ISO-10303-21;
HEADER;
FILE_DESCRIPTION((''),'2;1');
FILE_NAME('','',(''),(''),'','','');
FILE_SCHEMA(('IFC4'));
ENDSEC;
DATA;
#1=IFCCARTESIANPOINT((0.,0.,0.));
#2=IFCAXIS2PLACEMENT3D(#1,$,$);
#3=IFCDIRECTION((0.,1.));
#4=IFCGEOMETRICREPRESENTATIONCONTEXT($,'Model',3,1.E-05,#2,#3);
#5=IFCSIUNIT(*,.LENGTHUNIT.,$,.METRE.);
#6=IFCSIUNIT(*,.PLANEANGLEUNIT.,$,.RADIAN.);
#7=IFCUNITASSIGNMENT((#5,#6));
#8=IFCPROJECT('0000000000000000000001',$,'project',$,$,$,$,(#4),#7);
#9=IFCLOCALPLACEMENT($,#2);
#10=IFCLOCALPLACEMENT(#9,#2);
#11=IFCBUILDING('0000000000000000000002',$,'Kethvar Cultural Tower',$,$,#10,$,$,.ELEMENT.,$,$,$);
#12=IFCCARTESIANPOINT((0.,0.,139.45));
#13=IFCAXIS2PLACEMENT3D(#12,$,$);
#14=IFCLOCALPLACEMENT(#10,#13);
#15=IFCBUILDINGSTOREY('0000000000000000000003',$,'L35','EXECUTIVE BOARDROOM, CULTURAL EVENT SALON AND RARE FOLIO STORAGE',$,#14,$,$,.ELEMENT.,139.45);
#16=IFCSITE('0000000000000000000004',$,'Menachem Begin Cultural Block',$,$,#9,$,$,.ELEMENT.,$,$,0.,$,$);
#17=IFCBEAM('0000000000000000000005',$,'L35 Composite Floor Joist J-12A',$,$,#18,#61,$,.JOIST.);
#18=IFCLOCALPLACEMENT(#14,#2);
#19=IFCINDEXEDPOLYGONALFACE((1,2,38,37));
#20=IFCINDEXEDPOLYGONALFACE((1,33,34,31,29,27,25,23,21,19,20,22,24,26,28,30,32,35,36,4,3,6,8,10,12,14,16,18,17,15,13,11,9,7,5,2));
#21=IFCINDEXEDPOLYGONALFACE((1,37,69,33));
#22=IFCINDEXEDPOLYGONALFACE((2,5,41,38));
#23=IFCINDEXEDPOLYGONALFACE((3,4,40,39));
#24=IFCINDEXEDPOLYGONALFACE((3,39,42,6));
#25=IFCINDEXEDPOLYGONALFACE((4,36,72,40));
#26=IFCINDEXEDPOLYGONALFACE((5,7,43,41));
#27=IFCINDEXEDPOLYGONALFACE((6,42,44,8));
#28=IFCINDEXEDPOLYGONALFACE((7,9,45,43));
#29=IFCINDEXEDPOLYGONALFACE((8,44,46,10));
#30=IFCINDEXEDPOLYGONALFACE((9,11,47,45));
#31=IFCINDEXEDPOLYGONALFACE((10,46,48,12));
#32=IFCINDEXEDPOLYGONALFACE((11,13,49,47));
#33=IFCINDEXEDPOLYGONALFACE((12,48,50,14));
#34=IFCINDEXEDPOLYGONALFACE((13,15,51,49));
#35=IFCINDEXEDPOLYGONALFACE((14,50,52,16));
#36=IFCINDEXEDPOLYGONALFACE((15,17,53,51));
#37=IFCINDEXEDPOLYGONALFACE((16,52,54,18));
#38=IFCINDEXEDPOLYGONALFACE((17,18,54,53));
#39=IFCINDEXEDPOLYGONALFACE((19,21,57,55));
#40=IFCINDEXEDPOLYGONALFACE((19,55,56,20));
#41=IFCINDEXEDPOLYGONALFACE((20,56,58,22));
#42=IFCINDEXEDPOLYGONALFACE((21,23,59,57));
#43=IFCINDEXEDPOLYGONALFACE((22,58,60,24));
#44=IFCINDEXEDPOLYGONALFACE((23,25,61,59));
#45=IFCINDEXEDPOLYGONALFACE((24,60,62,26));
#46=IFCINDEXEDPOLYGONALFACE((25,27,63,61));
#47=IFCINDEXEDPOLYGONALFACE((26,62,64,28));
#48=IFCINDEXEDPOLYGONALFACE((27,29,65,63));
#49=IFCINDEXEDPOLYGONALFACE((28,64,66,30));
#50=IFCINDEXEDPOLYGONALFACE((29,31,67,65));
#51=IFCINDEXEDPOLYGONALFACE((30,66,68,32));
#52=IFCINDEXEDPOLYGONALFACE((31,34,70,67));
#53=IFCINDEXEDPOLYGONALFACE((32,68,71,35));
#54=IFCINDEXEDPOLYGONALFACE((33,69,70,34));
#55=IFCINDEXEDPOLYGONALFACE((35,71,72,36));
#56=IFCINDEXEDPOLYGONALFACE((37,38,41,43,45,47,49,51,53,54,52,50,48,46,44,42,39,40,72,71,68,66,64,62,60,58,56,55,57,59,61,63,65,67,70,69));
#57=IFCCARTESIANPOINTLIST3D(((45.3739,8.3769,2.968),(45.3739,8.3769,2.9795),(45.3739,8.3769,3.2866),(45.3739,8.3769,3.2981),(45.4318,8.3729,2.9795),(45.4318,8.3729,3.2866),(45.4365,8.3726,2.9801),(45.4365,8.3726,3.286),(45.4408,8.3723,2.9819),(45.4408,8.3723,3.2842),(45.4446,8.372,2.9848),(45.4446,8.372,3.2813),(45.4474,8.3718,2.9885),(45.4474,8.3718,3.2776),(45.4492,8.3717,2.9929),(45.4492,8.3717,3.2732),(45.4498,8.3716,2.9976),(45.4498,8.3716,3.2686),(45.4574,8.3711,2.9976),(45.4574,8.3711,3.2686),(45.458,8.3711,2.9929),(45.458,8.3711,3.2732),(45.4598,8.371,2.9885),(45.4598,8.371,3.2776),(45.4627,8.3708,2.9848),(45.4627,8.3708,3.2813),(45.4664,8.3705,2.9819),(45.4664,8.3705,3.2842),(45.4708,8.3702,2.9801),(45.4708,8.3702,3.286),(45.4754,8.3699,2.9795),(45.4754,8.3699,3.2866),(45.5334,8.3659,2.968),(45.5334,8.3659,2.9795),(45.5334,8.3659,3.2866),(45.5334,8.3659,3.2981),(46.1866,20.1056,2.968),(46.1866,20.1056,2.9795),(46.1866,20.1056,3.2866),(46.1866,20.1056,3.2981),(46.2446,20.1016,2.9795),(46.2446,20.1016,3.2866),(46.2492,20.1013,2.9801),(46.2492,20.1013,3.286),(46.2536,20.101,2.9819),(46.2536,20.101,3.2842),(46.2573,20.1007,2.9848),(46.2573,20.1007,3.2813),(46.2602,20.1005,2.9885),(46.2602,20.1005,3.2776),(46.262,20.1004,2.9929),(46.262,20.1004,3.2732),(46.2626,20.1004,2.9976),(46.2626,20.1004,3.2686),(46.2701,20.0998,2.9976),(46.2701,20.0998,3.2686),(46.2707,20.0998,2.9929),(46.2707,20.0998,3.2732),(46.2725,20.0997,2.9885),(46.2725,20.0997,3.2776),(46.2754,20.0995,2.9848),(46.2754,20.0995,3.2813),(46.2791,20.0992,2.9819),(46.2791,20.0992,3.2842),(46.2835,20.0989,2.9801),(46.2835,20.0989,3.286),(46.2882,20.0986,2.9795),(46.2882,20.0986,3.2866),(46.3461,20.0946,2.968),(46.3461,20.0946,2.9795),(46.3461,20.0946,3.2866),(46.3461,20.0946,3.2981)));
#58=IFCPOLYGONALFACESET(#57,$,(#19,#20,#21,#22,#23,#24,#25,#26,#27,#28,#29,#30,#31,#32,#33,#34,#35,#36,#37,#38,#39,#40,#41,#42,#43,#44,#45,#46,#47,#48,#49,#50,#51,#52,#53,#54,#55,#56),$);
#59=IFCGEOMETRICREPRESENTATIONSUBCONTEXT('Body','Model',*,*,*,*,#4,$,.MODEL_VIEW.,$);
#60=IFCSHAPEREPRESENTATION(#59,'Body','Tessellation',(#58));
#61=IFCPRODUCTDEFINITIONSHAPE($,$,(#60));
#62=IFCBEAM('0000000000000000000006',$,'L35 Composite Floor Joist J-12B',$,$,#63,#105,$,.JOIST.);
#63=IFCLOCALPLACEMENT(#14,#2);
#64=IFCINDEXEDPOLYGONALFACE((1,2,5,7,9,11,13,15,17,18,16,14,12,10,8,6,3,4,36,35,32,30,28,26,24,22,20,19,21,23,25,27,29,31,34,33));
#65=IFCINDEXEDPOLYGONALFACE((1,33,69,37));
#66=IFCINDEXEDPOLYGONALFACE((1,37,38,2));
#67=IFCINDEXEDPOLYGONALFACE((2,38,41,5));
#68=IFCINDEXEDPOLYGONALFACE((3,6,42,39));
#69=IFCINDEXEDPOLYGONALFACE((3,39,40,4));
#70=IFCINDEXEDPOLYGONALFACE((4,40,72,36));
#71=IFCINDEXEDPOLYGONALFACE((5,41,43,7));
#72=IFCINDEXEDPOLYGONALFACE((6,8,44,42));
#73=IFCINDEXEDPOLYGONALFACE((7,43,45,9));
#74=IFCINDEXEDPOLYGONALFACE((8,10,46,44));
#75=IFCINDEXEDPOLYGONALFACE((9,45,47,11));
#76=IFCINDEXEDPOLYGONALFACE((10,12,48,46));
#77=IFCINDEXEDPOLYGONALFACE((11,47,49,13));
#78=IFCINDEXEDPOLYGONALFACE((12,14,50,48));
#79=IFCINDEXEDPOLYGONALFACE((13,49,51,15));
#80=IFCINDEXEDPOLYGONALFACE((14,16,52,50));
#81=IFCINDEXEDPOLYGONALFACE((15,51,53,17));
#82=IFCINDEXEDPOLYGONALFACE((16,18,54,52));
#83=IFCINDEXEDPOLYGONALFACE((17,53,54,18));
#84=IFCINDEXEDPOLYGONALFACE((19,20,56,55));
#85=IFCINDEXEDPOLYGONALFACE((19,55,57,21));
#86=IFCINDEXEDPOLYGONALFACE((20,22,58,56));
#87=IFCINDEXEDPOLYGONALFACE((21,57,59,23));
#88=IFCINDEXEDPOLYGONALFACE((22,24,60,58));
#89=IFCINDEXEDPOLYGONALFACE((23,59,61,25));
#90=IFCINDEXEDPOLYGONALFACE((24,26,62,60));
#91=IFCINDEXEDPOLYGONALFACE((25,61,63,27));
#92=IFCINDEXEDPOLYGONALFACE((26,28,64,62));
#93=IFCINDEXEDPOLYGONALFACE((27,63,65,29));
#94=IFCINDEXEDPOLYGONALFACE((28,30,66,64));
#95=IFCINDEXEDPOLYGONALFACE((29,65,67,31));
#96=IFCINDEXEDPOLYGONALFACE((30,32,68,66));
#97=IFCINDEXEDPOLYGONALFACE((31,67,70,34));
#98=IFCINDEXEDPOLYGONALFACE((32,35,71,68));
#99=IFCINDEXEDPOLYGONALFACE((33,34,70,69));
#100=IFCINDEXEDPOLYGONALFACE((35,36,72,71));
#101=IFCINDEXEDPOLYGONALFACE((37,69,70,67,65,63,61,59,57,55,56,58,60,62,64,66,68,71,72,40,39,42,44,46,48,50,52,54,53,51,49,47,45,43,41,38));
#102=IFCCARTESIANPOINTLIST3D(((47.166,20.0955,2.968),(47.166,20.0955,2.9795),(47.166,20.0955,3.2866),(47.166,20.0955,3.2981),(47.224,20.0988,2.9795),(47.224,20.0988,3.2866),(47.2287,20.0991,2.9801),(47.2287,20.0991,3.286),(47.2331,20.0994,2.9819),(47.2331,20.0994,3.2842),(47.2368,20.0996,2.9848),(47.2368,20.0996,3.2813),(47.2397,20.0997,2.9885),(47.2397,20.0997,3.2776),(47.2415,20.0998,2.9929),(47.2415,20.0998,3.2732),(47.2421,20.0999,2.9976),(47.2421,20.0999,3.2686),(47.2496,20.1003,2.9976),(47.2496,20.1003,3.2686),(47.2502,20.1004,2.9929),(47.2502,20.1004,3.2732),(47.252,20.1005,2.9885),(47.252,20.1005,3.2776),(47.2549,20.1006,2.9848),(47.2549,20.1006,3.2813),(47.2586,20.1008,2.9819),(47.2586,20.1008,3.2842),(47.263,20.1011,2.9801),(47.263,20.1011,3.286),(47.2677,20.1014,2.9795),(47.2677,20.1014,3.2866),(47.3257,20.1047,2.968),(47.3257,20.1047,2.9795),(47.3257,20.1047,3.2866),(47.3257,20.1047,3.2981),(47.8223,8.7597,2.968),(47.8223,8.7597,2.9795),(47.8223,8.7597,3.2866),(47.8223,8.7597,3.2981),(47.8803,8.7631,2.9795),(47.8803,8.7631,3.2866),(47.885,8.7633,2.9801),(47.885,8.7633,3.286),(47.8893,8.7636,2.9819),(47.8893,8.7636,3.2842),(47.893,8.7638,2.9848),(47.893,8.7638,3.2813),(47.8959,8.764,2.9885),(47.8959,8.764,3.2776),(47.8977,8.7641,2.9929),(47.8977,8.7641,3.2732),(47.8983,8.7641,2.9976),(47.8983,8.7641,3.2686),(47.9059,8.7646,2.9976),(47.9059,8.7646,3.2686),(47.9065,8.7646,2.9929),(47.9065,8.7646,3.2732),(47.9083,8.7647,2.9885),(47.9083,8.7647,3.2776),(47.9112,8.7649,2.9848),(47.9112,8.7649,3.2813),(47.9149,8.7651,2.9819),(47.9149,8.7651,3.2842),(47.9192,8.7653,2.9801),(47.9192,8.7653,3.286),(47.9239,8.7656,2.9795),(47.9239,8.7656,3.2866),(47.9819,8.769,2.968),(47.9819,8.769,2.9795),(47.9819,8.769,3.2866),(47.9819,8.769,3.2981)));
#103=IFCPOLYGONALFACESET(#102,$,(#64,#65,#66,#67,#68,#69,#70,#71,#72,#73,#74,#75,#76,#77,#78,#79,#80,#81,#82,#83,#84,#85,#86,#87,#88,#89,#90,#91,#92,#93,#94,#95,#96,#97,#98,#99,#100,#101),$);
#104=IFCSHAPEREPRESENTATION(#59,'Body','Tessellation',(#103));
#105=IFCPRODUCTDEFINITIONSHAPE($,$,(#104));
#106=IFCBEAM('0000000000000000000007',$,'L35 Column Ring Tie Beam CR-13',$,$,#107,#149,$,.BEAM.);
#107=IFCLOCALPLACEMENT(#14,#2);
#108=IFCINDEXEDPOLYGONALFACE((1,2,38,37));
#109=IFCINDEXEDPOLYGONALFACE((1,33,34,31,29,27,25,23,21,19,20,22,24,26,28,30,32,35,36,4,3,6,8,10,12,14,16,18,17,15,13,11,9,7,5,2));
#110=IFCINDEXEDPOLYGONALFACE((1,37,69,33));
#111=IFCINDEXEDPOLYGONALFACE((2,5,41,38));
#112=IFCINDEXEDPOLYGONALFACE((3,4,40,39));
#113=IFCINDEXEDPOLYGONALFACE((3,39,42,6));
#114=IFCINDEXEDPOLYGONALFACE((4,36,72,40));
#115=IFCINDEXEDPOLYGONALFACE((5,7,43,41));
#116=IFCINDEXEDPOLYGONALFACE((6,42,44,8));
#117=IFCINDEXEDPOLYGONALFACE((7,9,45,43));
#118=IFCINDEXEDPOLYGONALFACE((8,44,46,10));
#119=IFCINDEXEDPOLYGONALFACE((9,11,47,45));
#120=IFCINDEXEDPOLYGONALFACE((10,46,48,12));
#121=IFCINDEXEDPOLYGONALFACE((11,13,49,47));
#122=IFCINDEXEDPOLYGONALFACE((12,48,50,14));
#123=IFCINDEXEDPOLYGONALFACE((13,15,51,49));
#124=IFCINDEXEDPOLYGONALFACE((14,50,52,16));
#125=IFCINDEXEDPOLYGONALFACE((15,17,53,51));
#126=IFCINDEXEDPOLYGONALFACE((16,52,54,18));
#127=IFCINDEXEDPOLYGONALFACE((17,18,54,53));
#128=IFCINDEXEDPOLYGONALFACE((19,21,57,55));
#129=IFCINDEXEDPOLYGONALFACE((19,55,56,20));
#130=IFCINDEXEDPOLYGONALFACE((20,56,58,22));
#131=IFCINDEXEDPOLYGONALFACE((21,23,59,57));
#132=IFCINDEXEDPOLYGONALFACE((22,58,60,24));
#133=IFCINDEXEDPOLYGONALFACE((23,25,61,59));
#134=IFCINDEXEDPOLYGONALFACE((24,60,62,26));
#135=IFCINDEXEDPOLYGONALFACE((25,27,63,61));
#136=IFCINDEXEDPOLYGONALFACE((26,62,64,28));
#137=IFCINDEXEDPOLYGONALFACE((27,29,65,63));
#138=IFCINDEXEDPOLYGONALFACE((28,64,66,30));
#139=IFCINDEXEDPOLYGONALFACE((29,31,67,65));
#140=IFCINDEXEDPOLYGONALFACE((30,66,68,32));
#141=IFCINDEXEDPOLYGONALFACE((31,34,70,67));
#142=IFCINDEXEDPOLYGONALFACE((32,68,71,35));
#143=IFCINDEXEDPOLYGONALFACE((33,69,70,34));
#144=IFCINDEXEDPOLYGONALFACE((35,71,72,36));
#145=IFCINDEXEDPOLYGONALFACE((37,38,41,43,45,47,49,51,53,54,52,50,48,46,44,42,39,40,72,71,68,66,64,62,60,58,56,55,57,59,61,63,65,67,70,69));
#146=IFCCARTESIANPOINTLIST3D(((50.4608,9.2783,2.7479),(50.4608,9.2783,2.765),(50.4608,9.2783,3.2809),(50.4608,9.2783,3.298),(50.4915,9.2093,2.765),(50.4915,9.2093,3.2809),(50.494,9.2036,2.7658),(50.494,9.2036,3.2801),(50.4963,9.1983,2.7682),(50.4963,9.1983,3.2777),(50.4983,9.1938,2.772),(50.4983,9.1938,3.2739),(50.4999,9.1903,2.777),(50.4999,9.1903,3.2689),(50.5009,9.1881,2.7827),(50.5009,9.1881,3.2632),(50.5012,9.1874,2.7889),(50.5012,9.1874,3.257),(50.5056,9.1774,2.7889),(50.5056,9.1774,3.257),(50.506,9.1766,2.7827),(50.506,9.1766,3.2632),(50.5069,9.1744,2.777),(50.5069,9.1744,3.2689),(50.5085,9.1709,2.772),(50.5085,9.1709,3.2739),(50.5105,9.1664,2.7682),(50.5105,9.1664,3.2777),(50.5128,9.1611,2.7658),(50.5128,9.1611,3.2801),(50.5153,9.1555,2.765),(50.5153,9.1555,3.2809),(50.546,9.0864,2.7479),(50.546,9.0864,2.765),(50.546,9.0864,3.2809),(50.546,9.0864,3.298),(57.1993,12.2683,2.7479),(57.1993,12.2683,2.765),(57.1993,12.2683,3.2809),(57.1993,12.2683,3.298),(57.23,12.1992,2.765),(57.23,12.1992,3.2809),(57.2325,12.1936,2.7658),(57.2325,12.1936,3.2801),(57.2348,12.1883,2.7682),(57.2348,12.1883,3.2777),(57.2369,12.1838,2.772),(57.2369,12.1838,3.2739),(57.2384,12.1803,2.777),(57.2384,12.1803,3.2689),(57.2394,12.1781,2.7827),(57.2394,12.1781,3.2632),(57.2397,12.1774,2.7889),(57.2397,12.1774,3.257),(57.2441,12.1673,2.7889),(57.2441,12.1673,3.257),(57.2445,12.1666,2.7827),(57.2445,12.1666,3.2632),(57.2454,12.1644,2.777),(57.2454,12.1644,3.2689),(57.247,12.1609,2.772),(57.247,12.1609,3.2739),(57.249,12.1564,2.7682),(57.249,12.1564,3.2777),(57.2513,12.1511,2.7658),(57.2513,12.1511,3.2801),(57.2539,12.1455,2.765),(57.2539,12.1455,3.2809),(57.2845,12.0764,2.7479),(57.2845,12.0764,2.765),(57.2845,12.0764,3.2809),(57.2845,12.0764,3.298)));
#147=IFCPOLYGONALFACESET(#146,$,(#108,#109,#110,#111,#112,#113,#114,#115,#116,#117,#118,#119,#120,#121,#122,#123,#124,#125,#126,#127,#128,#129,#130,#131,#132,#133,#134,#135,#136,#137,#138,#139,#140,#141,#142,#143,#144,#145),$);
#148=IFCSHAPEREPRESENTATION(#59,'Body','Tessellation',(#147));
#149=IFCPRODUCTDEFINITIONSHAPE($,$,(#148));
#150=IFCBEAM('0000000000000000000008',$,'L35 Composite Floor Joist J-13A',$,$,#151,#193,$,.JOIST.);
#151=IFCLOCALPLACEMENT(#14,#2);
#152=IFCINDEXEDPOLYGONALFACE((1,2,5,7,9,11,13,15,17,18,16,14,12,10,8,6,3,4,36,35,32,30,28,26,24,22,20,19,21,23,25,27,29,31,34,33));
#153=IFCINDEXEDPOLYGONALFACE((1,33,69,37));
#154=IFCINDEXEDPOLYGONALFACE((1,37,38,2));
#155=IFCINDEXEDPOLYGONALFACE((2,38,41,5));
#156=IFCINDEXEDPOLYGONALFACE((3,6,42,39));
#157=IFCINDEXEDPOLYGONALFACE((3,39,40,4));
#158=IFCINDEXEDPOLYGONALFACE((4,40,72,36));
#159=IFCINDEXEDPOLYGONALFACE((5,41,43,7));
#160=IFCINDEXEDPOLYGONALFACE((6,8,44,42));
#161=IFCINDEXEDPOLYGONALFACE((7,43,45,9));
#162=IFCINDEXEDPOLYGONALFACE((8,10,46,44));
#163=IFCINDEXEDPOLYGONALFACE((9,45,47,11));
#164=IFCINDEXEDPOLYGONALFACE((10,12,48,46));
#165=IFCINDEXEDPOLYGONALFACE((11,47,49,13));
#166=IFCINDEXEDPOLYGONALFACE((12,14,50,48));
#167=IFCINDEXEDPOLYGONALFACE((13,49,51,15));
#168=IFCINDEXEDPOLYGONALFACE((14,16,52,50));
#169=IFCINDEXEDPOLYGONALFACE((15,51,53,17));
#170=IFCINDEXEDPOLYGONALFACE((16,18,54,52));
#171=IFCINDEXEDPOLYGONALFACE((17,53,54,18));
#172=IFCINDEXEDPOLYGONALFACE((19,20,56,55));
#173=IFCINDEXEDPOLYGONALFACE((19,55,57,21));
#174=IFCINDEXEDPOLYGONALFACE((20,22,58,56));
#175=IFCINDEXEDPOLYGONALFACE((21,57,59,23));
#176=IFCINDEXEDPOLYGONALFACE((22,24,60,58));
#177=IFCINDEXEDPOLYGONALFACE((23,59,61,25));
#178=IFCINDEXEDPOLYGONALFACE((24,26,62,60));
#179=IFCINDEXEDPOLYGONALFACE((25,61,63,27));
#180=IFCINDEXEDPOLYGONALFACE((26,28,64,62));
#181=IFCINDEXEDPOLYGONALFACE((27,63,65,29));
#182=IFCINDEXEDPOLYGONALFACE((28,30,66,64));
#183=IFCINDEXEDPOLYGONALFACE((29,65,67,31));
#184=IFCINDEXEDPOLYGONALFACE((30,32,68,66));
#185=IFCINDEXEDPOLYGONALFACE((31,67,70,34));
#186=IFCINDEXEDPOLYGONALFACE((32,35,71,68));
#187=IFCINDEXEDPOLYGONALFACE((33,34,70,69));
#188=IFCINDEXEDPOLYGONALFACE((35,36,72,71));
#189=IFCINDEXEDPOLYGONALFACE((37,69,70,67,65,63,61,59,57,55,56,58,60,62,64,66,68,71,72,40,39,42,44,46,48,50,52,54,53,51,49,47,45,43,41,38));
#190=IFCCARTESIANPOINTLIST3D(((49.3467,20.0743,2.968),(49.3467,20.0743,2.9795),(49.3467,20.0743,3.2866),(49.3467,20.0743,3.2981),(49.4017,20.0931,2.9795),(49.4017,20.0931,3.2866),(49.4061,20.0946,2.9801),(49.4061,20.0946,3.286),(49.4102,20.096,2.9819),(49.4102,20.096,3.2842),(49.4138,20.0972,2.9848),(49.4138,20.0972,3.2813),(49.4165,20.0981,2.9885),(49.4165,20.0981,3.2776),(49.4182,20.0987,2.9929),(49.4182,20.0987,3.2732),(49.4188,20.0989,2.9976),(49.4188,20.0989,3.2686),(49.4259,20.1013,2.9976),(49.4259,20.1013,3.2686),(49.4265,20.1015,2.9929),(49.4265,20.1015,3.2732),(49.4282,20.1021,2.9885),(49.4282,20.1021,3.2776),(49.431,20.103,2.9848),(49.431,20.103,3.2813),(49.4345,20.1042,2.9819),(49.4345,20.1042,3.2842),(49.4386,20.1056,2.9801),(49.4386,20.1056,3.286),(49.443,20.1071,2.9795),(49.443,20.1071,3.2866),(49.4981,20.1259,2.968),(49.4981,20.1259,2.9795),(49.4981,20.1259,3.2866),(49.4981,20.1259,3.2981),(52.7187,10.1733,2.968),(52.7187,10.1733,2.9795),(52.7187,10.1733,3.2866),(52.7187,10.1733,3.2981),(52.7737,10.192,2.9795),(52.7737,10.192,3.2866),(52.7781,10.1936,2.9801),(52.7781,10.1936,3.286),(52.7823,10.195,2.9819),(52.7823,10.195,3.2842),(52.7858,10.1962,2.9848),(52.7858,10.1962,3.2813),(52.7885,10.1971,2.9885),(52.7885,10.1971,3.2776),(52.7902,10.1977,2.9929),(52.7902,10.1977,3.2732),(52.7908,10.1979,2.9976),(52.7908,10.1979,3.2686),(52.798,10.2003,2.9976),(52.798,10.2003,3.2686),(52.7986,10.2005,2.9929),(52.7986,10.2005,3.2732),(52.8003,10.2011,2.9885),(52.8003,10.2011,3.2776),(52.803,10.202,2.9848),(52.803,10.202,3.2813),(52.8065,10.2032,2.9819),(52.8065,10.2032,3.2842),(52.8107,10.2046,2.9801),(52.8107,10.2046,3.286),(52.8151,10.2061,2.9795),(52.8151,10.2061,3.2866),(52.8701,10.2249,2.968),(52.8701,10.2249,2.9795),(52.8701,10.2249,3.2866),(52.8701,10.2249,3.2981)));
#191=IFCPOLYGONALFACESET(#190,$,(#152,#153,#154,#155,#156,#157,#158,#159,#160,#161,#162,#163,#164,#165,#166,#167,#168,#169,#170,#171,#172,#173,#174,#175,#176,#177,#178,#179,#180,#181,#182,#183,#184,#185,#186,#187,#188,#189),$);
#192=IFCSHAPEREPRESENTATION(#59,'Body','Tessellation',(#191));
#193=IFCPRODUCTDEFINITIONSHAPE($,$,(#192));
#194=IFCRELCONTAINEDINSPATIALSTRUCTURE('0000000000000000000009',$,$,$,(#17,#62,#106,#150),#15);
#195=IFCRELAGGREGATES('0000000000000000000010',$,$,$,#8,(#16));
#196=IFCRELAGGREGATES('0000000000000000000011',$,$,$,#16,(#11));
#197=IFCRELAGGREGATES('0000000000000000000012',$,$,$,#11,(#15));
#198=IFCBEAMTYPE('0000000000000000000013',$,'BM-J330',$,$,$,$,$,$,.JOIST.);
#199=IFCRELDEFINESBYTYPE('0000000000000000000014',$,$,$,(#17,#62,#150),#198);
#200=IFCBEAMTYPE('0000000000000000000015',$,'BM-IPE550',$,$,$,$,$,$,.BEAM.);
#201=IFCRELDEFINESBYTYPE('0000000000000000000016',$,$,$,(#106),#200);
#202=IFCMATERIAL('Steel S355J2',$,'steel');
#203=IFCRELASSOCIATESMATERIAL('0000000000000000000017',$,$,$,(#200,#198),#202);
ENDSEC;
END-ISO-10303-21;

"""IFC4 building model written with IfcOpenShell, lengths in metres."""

from ifc_helpers import new_model, si_unit, direction, frame, origin, origin_2d, place, context, subcontext, project, spatial, i_section, extrude, source, transform, mapped, material, material_profile, profile_set, type_object, element, save


model = new_model("IFC4")

# Units and contexts
model_context = context("Model", 3, precision=1e-05, world=origin(), true_north=direction((0.0, 1.0)))
body_context = subcontext(model_context, "Body", "Model", "MODEL_VIEW")
ifc_project = project(units=[si_unit("LENGTHUNIT", "METRE"), si_unit("PLANEANGLEUNIT", "RADIAN")], contexts=[model_context])

# Site, building, storey
site_placement = place(None, origin())
site = spatial("IfcSite", under=ifc_project, at=site_placement, Name="Menachem Begin Cultural Block", CompositionType="ELEMENT", RefElevation=0.0)
building_placement = place(site_placement, origin())
building = spatial("IfcBuilding", under=site, at=building_placement, Name="Kethvar Cultural Tower", CompositionType="ELEMENT")
storey_placement = place(building_placement, frame((0.0, 0.0, 139.45)))
storey = spatial("IfcBuildingStorey", under=building, at=storey_placement, Name="L35", Description="EXECUTIVE BOARDROOM, CULTURAL EVENT SALON AND RARE FOLIO STORAGE", CompositionType="ELEMENT", Elevation=139.45)

# Beams
ifc_material_1 = material(Name="Steel S355J2", Category="steel")
ifc_material_profile_1 = material_profile(ifc_material_1, i_section(OverallWidth=0.21, OverallDepth=0.55, WebThickness=0.011, FlangeThickness=0.0171, FilletRadius=0.0239, at=origin_2d()), Name="Steel S355J2 — IPE550")
ifc_profile_set_1 = profile_set([ifc_material_profile_1], Name="Steel S355J2 — IPE550")
beam_type_1 = type_object("IfcBeamType", Name="BM-IPE550", PredefinedType="BEAM", material=ifc_profile_set_1)
ifc_material_profile_2 = material_profile(ifc_material_1, i_section(OverallWidth=0.1599, OverallDepth=0.3301, WebThickness=0.0076, FlangeThickness=0.0115, FilletRadius=0.0181, at=origin_2d()), Name="Steel S355J2 — IPE330")
ifc_profile_set_2 = profile_set([ifc_material_profile_2], Name="Steel S355J2 — IPE330")
beam_type_2 = type_object("IfcBeamType", Name="BM-J330", PredefinedType="JOIST", material=ifc_profile_set_2)
shared_shape_1 = source(origin(), body_context, "Body", "SweptSolid", [
    extrude(i_section(OverallWidth=0.1599, OverallDepth=0.3301, WebThickness=0.0076, FlangeThickness=0.0115, FilletRadius=0.0181, at=origin_2d()), origin(), (0.0, 0.0, 1.0), 11.7568),
])
beam_1_placement = place(storey_placement, frame((46.2664, 20.1001, 3.1331), z_axis=(-0.069129, -0.997608, 0.0), x_axis=(0.997608, -0.069129, 0.0)))
element("IfcBeam", 1, at=beam_1_placement, inside=storey, type_object=beam_type_2, Name="L35 Composite Floor Joist J-12A", PredefinedType="JOIST", context=body_context, shape_type="MappedRepresentation", body=[
    mapped(shared_shape_1, transform((0.0, 0.0, 0.0), scale=1.0)),
])
shared_shape_2 = source(origin(), body_context, "Body", "SweptSolid", [
    extrude(i_section(OverallWidth=0.1599, OverallDepth=0.3301, WebThickness=0.0076, FlangeThickness=0.0115, FilletRadius=0.0181, at=origin_2d()), origin(), (0.0, 0.0, 1.0), 11.3547),
])
beam_2_placement = place(storey_placement, frame((47.2458, 20.1001, 3.1331), z_axis=(0.057796, -0.998328, 0.0), x_axis=(0.998328, 0.057796, 0.0)))
element("IfcBeam", 2, at=beam_2_placement, inside=storey, type_object=beam_type_2, Name="L35 Composite Floor Joist J-12B", PredefinedType="JOIST", context=body_context, shape_type="MappedRepresentation", body=[
    mapped(shared_shape_2, transform((0.0, 0.0, 0.0), scale=1.0)),
])
shared_shape_3 = source(origin(), body_context, "Body", "SweptSolid", [
    extrude(i_section(OverallWidth=0.21, OverallDepth=0.55, WebThickness=0.011, FlangeThickness=0.0171, FilletRadius=0.0239, at=origin_2d()), origin(), (0.0, 0.0, 1.0), 7.3721),
])
beam_3_placement = place(storey_placement, frame((50.5034, 9.1824, 3.0229), z_axis=(0.914059, 0.405582, 0.0), x_axis=(-0.405582, 0.914059, 0.0)))
element("IfcBeam", 3, at=beam_3_placement, inside=storey, type_object=beam_type_1, Name="L35 Column Ring Tie Beam CR-13", PredefinedType="BEAM", context=body_context, shape_type="MappedRepresentation", body=[
    mapped(shared_shape_3, transform((0.0, 0.0, 0.0), scale=1.0)),
])
shared_shape_4 = source(origin(), body_context, "Body", "SweptSolid", [
    extrude(i_section(OverallWidth=0.1599, OverallDepth=0.3301, WebThickness=0.0076, FlangeThickness=0.0115, FilletRadius=0.0181, at=origin_2d()), origin(), (0.0, 0.0, 1.0), 10.4595),
])
beam_4_placement = place(storey_placement, frame((49.4224, 20.1001, 3.1331), z_axis=(0.32239, -0.946607, 0.0), x_axis=(0.946607, 0.32239, 0.0)))
element("IfcBeam", 4, at=beam_4_placement, inside=storey, type_object=beam_type_2, Name="L35 Composite Floor Joist J-13A", PredefinedType="JOIST", context=body_context, shape_type="MappedRepresentation", body=[
    mapped(shared_shape_4, transform((0.0, 0.0, 0.0), scale=1.0)),
])

save(model, "model.ifc")
